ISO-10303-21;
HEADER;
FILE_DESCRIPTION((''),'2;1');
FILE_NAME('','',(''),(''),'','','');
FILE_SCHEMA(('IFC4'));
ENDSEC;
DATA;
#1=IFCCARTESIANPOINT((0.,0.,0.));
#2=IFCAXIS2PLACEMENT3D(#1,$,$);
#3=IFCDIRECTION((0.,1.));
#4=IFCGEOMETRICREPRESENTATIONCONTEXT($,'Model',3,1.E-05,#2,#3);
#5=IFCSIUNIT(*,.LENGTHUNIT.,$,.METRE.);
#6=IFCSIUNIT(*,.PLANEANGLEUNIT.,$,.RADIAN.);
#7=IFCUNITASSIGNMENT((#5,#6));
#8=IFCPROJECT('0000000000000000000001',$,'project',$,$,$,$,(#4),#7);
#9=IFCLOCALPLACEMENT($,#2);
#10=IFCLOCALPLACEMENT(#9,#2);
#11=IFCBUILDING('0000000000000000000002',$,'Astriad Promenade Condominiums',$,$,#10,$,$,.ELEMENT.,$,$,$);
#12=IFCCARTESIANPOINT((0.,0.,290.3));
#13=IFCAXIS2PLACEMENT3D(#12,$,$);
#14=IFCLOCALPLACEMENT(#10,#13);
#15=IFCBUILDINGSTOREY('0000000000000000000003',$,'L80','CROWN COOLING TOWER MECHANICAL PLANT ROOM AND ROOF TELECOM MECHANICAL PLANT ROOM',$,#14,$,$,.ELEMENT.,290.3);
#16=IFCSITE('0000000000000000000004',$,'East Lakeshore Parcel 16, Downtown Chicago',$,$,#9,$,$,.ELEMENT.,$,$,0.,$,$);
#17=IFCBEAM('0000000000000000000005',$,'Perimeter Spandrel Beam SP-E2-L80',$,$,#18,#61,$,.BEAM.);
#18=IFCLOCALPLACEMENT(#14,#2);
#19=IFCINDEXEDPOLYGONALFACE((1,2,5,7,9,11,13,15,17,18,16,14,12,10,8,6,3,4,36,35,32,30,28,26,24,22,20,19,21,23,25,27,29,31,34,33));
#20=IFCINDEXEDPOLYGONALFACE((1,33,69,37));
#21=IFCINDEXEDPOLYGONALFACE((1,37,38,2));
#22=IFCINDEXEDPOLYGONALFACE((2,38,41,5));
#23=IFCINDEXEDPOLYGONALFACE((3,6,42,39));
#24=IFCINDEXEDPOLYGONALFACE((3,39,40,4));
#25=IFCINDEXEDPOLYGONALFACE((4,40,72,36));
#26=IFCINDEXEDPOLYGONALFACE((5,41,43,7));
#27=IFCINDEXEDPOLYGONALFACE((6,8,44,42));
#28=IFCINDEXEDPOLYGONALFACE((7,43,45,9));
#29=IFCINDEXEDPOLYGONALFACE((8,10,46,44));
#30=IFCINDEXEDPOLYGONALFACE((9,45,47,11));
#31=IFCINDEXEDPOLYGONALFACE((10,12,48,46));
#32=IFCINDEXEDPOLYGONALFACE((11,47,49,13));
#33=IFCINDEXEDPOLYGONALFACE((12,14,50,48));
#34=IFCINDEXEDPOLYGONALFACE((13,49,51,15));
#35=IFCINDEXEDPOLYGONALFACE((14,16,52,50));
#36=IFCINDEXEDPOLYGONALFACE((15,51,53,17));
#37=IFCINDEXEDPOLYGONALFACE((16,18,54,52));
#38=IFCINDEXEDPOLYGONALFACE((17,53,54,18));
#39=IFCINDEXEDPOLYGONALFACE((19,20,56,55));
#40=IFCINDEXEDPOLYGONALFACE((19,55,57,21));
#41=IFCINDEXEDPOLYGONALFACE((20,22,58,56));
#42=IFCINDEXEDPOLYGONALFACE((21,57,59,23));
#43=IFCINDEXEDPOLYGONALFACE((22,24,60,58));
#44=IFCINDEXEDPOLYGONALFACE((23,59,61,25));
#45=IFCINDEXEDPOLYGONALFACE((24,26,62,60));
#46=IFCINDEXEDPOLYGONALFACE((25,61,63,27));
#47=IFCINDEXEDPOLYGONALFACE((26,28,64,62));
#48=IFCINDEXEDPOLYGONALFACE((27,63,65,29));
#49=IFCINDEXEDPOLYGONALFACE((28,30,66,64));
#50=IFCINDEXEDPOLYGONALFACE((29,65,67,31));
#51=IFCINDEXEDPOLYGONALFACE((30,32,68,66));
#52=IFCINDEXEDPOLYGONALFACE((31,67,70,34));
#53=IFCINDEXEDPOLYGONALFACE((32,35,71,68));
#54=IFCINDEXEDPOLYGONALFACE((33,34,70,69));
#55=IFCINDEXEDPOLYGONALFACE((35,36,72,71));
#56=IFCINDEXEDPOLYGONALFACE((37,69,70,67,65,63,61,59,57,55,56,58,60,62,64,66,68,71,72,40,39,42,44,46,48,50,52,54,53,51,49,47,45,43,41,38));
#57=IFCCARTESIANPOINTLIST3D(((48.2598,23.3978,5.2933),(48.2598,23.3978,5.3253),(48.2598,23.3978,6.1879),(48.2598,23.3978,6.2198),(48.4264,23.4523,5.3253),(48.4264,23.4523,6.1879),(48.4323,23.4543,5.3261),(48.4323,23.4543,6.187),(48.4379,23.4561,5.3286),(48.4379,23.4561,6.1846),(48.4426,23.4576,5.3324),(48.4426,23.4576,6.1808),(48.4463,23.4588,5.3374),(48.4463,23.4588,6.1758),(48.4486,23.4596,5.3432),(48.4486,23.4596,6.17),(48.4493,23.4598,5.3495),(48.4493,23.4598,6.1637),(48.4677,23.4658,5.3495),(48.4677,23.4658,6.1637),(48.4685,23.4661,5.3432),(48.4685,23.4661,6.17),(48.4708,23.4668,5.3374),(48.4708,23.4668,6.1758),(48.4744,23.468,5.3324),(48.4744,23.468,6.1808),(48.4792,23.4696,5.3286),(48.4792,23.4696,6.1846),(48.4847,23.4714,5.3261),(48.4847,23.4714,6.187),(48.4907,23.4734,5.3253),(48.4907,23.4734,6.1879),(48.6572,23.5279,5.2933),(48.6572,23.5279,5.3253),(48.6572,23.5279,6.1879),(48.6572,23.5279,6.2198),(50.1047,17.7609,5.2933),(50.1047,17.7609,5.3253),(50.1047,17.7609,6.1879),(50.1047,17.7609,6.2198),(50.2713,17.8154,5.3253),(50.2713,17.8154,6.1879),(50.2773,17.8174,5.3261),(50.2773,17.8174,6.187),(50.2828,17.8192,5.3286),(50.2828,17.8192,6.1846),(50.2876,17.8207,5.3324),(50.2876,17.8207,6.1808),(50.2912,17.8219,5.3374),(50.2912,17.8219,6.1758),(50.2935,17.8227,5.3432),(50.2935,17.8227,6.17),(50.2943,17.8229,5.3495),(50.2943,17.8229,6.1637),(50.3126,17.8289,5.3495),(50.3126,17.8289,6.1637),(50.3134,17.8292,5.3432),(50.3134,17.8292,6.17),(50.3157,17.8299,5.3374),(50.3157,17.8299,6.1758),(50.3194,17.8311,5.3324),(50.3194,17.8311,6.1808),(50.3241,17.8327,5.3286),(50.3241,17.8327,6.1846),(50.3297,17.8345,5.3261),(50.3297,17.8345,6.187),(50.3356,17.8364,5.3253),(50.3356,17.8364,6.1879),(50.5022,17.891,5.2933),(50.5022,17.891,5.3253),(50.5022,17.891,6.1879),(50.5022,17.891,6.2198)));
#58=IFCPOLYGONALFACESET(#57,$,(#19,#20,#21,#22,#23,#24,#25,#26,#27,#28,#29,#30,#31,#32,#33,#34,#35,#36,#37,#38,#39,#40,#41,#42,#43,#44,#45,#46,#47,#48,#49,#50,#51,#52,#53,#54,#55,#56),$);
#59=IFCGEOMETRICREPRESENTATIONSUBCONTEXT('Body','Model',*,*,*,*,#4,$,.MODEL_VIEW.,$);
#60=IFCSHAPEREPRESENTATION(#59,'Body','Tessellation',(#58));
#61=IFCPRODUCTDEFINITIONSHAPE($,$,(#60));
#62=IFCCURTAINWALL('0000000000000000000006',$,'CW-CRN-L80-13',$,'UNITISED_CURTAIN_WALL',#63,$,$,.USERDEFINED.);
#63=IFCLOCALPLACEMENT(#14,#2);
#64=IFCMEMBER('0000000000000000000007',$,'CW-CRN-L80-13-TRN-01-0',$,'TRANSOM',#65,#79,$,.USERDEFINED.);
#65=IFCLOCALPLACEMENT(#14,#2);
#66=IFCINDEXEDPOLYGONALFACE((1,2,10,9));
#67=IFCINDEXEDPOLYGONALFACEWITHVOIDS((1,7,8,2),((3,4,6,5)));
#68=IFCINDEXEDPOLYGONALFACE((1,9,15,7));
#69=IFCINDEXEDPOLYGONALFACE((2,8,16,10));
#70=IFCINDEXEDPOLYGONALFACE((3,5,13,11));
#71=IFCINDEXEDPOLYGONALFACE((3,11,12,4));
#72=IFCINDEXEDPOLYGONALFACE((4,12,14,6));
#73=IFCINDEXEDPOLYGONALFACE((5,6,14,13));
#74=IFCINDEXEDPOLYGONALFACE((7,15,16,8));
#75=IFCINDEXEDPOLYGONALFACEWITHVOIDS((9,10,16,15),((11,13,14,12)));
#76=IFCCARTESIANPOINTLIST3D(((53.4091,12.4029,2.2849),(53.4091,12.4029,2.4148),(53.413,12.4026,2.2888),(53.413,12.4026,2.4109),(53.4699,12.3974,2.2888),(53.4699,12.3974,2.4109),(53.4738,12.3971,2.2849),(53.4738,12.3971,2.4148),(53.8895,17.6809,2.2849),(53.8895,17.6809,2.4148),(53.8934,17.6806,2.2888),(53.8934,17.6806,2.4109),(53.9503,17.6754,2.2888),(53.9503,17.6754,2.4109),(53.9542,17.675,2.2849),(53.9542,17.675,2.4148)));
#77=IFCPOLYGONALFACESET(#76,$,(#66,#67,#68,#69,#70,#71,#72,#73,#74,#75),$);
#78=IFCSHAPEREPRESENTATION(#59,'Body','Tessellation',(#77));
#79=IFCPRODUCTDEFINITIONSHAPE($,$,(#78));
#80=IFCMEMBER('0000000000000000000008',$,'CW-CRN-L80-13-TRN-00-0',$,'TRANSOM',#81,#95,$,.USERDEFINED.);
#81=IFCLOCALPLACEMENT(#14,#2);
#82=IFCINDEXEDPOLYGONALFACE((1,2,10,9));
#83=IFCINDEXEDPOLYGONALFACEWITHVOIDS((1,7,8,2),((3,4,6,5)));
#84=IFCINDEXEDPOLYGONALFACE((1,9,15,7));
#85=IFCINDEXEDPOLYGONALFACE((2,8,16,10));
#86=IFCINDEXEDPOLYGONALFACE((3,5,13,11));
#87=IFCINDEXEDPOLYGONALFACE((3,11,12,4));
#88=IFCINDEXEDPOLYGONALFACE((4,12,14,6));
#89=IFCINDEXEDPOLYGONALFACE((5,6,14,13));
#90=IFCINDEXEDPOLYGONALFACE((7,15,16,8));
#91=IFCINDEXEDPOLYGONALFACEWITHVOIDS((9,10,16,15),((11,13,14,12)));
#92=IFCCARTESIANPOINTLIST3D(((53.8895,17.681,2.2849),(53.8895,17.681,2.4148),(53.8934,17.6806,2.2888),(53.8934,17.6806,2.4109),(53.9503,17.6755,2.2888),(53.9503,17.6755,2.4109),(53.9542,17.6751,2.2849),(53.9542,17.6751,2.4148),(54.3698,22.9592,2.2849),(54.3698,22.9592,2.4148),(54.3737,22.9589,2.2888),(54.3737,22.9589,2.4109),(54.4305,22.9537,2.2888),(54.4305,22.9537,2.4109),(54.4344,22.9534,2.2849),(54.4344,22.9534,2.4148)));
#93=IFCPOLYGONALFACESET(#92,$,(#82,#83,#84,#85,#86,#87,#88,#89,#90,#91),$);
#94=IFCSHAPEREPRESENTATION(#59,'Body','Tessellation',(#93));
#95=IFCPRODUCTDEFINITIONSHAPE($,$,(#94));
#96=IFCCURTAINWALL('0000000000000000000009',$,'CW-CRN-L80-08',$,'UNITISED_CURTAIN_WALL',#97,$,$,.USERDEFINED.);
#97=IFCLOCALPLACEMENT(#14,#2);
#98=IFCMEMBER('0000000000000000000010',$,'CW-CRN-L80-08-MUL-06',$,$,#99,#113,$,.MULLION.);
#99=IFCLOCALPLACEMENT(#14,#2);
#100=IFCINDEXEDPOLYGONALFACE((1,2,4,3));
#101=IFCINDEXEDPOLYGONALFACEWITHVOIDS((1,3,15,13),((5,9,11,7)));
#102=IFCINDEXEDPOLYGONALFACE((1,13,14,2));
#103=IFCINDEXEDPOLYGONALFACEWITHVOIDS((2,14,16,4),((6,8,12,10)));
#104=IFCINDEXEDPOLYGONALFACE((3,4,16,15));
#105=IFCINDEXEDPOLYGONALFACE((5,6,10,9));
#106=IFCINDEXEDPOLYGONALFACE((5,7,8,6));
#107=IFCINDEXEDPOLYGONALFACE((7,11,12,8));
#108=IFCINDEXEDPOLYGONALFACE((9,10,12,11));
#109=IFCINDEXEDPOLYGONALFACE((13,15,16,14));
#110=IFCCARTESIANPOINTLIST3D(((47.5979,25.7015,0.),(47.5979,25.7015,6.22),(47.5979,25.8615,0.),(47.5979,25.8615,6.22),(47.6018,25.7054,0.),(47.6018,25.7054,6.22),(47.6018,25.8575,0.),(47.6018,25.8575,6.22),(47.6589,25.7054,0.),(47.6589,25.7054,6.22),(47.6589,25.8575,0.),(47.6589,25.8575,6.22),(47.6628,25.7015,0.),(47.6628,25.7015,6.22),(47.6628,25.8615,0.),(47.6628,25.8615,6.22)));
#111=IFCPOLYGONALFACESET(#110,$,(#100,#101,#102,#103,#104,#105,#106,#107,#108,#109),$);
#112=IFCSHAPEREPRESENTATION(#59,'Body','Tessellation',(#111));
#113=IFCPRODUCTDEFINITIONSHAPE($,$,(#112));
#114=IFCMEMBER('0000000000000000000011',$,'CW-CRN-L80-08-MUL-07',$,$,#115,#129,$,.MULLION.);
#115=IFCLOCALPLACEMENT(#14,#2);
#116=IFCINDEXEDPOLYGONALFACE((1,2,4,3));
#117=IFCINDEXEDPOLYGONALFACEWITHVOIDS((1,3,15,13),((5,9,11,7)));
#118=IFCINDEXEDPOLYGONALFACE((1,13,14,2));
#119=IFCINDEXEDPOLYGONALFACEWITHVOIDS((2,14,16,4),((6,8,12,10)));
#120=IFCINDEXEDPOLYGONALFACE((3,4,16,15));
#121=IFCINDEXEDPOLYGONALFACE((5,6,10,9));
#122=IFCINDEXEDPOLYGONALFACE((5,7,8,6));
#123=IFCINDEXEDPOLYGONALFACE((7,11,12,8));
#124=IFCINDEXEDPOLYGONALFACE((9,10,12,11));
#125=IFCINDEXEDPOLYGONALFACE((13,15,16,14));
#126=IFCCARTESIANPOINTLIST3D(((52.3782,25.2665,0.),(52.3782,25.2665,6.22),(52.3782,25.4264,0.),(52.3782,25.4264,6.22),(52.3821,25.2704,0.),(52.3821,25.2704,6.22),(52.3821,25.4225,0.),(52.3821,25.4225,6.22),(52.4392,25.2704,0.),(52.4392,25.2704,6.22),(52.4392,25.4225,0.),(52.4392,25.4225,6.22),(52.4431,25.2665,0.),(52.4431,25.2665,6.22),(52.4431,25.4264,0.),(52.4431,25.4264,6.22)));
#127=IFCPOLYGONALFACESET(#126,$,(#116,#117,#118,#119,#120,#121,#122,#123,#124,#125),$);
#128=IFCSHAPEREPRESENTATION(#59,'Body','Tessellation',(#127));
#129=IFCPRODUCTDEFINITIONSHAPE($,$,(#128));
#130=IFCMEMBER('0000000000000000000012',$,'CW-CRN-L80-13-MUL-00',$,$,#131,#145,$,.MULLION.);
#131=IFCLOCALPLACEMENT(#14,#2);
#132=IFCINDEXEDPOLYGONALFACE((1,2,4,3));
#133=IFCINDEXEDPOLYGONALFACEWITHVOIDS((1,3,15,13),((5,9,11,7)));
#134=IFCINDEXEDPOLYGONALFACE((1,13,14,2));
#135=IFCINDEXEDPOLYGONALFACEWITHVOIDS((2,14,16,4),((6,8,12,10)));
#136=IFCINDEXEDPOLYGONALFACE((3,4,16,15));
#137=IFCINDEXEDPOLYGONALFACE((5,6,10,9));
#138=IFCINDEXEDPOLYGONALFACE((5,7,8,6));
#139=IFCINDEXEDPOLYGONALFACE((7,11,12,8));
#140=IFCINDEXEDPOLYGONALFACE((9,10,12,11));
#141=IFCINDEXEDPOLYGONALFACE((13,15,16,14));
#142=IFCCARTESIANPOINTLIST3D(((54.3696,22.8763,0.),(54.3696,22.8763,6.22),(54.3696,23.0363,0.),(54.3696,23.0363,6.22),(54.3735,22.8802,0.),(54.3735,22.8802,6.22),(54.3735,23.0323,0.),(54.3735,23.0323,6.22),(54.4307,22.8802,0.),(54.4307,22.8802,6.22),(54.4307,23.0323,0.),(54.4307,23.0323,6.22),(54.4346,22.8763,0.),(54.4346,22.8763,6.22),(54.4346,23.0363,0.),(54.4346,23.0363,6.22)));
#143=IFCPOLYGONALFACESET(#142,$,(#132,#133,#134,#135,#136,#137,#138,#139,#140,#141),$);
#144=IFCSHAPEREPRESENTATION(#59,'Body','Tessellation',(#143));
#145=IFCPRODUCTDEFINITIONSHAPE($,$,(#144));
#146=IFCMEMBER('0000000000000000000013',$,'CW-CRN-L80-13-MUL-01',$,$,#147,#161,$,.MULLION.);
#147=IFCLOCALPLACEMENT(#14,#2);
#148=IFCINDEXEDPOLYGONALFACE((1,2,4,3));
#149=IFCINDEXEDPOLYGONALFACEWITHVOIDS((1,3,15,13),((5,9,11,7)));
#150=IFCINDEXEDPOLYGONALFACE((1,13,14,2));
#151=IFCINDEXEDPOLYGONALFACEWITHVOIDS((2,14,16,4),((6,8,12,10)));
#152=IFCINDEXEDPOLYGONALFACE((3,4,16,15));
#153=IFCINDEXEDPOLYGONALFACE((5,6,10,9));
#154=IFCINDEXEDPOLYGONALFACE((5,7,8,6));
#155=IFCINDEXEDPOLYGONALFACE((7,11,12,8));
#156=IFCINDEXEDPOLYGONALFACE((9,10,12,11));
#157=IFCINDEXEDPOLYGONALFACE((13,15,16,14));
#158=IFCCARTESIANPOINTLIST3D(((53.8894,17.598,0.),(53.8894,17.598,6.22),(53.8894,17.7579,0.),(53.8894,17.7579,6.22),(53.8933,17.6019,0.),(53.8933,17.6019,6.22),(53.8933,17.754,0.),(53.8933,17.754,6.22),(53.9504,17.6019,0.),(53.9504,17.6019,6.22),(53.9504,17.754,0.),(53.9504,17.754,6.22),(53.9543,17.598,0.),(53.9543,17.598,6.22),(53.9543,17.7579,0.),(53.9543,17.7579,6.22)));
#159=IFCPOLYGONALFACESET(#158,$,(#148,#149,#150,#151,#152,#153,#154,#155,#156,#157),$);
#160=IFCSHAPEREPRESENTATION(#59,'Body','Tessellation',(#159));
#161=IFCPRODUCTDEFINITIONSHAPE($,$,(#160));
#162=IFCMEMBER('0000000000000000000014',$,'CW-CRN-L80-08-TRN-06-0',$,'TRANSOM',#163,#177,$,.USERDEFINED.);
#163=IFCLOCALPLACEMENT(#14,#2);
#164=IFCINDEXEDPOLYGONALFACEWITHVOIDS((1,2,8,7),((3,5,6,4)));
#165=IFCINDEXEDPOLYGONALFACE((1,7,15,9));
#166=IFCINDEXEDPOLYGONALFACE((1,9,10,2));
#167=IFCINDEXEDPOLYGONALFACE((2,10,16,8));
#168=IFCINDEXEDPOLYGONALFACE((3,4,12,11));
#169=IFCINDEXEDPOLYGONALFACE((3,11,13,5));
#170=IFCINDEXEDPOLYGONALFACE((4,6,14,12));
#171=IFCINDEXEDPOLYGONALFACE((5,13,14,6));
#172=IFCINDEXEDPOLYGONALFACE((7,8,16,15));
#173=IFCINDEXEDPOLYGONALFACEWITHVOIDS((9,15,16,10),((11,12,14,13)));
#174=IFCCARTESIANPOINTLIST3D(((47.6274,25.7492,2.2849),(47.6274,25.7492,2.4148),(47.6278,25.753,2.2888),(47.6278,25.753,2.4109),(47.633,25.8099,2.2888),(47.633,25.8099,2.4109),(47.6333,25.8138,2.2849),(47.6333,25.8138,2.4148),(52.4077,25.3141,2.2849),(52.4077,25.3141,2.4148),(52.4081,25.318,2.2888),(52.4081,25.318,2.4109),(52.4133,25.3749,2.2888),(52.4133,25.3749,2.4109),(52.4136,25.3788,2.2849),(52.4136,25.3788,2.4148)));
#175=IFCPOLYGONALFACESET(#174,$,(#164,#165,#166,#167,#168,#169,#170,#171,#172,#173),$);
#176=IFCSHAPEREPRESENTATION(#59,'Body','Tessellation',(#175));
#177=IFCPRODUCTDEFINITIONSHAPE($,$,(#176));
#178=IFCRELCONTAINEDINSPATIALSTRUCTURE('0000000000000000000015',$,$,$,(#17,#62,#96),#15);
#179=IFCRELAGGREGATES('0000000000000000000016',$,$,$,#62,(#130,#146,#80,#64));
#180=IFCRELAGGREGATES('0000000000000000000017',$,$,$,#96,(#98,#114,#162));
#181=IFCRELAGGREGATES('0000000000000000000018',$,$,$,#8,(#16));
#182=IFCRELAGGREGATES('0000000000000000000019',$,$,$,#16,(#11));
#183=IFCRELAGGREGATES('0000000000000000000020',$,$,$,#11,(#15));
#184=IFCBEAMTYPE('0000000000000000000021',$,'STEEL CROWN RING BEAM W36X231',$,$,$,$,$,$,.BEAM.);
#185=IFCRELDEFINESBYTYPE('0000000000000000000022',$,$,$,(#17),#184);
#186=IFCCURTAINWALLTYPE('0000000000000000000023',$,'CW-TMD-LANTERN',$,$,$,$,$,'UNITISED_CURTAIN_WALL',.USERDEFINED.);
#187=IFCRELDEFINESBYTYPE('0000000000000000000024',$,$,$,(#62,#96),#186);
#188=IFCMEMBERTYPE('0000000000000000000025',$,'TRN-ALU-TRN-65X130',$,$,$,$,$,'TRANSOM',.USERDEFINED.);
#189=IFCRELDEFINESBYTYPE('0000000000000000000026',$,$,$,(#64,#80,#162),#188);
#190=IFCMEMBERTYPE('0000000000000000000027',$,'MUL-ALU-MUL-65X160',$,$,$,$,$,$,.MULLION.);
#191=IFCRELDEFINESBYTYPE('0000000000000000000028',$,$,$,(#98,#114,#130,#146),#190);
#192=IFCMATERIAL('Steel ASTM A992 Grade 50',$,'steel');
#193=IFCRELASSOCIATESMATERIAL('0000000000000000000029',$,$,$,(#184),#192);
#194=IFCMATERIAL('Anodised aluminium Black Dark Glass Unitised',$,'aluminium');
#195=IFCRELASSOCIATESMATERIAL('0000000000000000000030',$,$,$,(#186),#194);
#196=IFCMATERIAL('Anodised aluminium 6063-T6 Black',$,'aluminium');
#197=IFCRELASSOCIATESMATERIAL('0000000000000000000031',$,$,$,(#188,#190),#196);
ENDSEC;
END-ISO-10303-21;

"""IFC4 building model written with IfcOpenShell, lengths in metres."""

from ifc_helpers import new_model, si_unit, direction, frame, origin, origin_2d, place, context, subcontext, project, spatial, hollow_rectangle, i_section, extrude, source, transform, mapped, material, material_profile, profile_set, type_object, type_shapes, element, aggregate, save


model = new_model("IFC4")

# Units and contexts
model_context = context("Model", 3, precision=1e-05, world=origin(), true_north=direction((0.0, 1.0)))
body_context = subcontext(model_context, "Body", "Model", "MODEL_VIEW")
ifc_project = project(units=[si_unit("LENGTHUNIT", "METRE"), si_unit("PLANEANGLEUNIT", "RADIAN")], contexts=[model_context])

# Site, building, storey
site_placement = place(None, origin())
site = spatial("IfcSite", under=ifc_project, at=site_placement, Name="East Lakeshore Parcel 16, Downtown Chicago", CompositionType="ELEMENT", RefElevation=0.0)
building_placement = place(site_placement, origin())
building = spatial("IfcBuilding", under=site, at=building_placement, Name="Astriad Promenade Condominiums", CompositionType="ELEMENT")
storey_placement = place(building_placement, frame((0.0, 0.0, 290.3)))
storey = spatial("IfcBuildingStorey", under=building, at=storey_placement, Name="L80", Description="CROWN COOLING TOWER MECHANICAL PLANT ROOM AND ROOF TELECOM MECHANICAL PLANT ROOM", CompositionType="ELEMENT", Elevation=290.3)

# Shared definitions
ifc_material_1 = material(Name="Steel ASTM A992 Grade 50", Category="steel")

# Beam
ifc_material_profile_1 = material_profile(ifc_material_1, i_section(OverallWidth=0.4182, OverallDepth=0.9265, WebThickness=0.0193, FlangeThickness=0.032, FilletRadius=0.0242, at=origin_2d()), Name="W36X231")
ifc_profile_set_1 = profile_set([ifc_material_profile_1], Name="Steel ASTM A992 Grade 50")
beam_type_1 = type_object("IfcBeamType", Name="STEEL CROWN RING BEAM W36X231", PredefinedType="BEAM", material=ifc_profile_set_1)
shared_shape_1 = source(origin(), body_context, "Body", "SweptSolid", [
    extrude(i_section(OverallWidth=0.4182, OverallDepth=0.9265, WebThickness=0.0193, FlangeThickness=0.032, FilletRadius=0.0242, at=origin_2d()), origin(), (0.0, 0.0, 1.0), 5.9312),
])
type_shapes(beam_type_1, [shared_shape_1])
beam_1_placement = place(storey_placement, frame((50.3035, 17.8259, 5.7566), z_axis=(-0.311061, 0.95039, 0.0), x_axis=(-0.95039, -0.311061, 0.0)))
element("IfcBeam", 1, at=beam_1_placement, inside=storey, type_object=beam_type_1, Name="Perimeter Spandrel Beam SP-E2-L80", PredefinedType="BEAM", context=body_context, shape_type="MappedRepresentation", body=[
    mapped(shared_shape_1, transform((0.0, 0.0, 0.0), scale=1.0)),
])

# Curtain walls, members
ifc_material_2 = material(Name="Anodised aluminium Black Dark Glass Unitised", Category="aluminium")
curtain_wall_type = type_object("IfcCurtainWallType", Name="CW-TMD-LANTERN", ElementType="UNITISED_CURTAIN_WALL", PredefinedType="USERDEFINED", material=ifc_material_2)
curtain_wall_1_placement = place(storey_placement, origin())
curtain_wall_1 = element("IfcCurtainWall", 2, at=curtain_wall_1_placement, inside=storey, type_object=curtain_wall_type, Name="CW-CRN-L80-13", ObjectType="UNITISED_CURTAIN_WALL", PredefinedType="USERDEFINED")
ifc_material_3 = material(Name="Anodised aluminium 6063-T6 Black", Category="aluminium")
ifc_material_profile_2 = material_profile(ifc_material_3, hollow_rectangle(XDim=0.0649, YDim=0.1299, WallThickness=0.0039, at=origin_2d()), Name="ALU-TRN-65X130")
ifc_profile_set_2 = profile_set([ifc_material_profile_2], Name="Anodised aluminium 6063-T6 Black")
member_type_1 = type_object("IfcMemberType", Name="TRN-ALU-TRN-65X130", ElementType="TRANSOM", PredefinedType="USERDEFINED", material=ifc_profile_set_2)
shared_shape_2 = source(origin(), body_context, "Body", "SweptSolid", [
    extrude(hollow_rectangle(XDim=0.0649, YDim=0.1299, WallThickness=0.0039, at=origin_2d()), origin(), (0.0, 0.0, 1.0), 5.2998),
])
member_1_placement = place(storey_placement, frame((53.9219, 17.678, 2.3499), z_axis=(-0.090656, -0.995882, 0.0), x_axis=(0.995882, -0.090656, 0.0)))
member_1 = element("IfcMember", 3, at=member_1_placement, type_object=member_type_1, Name="CW-CRN-L80-13-TRN-01-0", ObjectType="TRANSOM", PredefinedType="USERDEFINED", context=body_context, shape_type="MappedRepresentation", body=[
    mapped(shared_shape_2, transform((0.0, 0.0, 0.0), scale=1.0)),
])
shared_shape_3 = source(origin(), body_context, "Body", "SweptSolid", [
    extrude(hollow_rectangle(XDim=0.0649, YDim=0.1299, WallThickness=0.0039, at=origin_2d()), origin(), (0.0, 0.0, 1.0), 5.3),
])
member_2_placement = place(storey_placement, frame((54.4021, 22.9563, 2.3499), z_axis=(-0.090606, -0.995887, 0.0), x_axis=(0.995887, -0.090606, 0.0)))
member_2 = element("IfcMember", 4, at=member_2_placement, type_object=member_type_1, Name="CW-CRN-L80-13-TRN-00-0", ObjectType="TRANSOM", PredefinedType="USERDEFINED", context=body_context, shape_type="MappedRepresentation", body=[
    mapped(shared_shape_3, transform((0.0, 0.0, 0.0), scale=1.0)),
])
curtain_wall_2_placement = place(storey_placement, origin())
curtain_wall_2 = element("IfcCurtainWall", 5, at=curtain_wall_2_placement, inside=storey, type_object=curtain_wall_type, Name="CW-CRN-L80-08", ObjectType="UNITISED_CURTAIN_WALL", PredefinedType="USERDEFINED")
ifc_material_profile_3 = material_profile(ifc_material_3, hollow_rectangle(XDim=0.0649, YDim=0.1599, WallThickness=0.0039, at=origin_2d()), Name="ALU-MUL-65X160")
ifc_profile_set_3 = profile_set([ifc_material_profile_3], Name="Anodised aluminium 6063-T6 Black")
member_type_2 = type_object("IfcMemberType", Name="MUL-ALU-MUL-65X160", PredefinedType="MULLION", material=ifc_profile_set_3)
shared_shape_4 = source(origin(), body_context, "Body", "SweptSolid", [
    extrude(hollow_rectangle(XDim=0.0649, YDim=0.1599, WallThickness=0.0039, at=origin_2d()), origin(), (0.0, 0.0, 1.0), 6.22),
])
type_shapes(member_type_2, [shared_shape_4])
member_3_placement = place(storey_placement, frame((47.6304, 25.7815, 0.0), z_axis=(0.0, 0.0, 1.0), x_axis=(1.0, 0.0, 0.0)))
member_3 = element("IfcMember", 6, at=member_3_placement, type_object=member_type_2, Name="CW-CRN-L80-08-MUL-06", PredefinedType="MULLION", context=body_context, shape_type="MappedRepresentation", body=[
    mapped(shared_shape_4, transform((0.0, 0.0, 0.0), scale=1.0)),
])
member_4_placement = place(storey_placement, frame((52.4106, 25.3464, 0.0), z_axis=(0.0, 0.0, 1.0), x_axis=(1.0, 0.0, 0.0)))
member_4 = element("IfcMember", 7, at=member_4_placement, type_object=member_type_2, Name="CW-CRN-L80-08-MUL-07", PredefinedType="MULLION", context=body_context, shape_type="MappedRepresentation", body=[
    mapped(shared_shape_4, transform((0.0, 0.0, 0.0), scale=1.0)),
])

# Members
member_5_placement = place(storey_placement, frame((54.4021, 22.9563, 0.0), z_axis=(0.0, 0.0, 1.0), x_axis=(1.0, 0.0, 0.0)))
member_5 = element("IfcMember", 8, at=member_5_placement, type_object=member_type_2, Name="CW-CRN-L80-13-MUL-00", PredefinedType="MULLION", context=body_context, shape_type="MappedRepresentation", body=[
    mapped(shared_shape_4, transform((0.0, 0.0, 0.0), scale=1.0)),
])
member_6_placement = place(storey_placement, frame((53.9219, 17.678, 0.0), z_axis=(0.0, 0.0, 1.0), x_axis=(1.0, 0.0, 0.0)))
member_6 = element("IfcMember", 9, at=member_6_placement, type_object=member_type_2, Name="CW-CRN-L80-13-MUL-01", PredefinedType="MULLION", context=body_context, shape_type="MappedRepresentation", body=[
    mapped(shared_shape_4, transform((0.0, 0.0, 0.0), scale=1.0)),
])
shared_shape_5 = source(origin(), body_context, "Body", "SweptSolid", [
    extrude(hollow_rectangle(XDim=0.0649, YDim=0.1299, WallThickness=0.0039, at=origin_2d()), origin(), (0.0, 0.0, 1.0), 4.8),
])
type_shapes(member_type_1, [shared_shape_2, shared_shape_3, shared_shape_5])
member_7_placement = place(storey_placement, frame((47.6304, 25.7815, 2.3499), z_axis=(0.995884, -0.090637, 0.0), x_axis=(0.090637, 0.995884, 0.0)))
member_7 = element("IfcMember", 10, at=member_7_placement, type_object=member_type_1, Name="CW-CRN-L80-08-TRN-06-0", ObjectType="TRANSOM", PredefinedType="USERDEFINED", context=body_context, shape_type="MappedRepresentation", body=[
    mapped(shared_shape_5, transform((0.0, 0.0, 0.0), scale=1.0)),
])

aggregate(curtain_wall_1, [member_5, member_6, member_2, member_1])

aggregate(curtain_wall_2, [member_3, member_4, member_7])

save(model, "model.ifc")
